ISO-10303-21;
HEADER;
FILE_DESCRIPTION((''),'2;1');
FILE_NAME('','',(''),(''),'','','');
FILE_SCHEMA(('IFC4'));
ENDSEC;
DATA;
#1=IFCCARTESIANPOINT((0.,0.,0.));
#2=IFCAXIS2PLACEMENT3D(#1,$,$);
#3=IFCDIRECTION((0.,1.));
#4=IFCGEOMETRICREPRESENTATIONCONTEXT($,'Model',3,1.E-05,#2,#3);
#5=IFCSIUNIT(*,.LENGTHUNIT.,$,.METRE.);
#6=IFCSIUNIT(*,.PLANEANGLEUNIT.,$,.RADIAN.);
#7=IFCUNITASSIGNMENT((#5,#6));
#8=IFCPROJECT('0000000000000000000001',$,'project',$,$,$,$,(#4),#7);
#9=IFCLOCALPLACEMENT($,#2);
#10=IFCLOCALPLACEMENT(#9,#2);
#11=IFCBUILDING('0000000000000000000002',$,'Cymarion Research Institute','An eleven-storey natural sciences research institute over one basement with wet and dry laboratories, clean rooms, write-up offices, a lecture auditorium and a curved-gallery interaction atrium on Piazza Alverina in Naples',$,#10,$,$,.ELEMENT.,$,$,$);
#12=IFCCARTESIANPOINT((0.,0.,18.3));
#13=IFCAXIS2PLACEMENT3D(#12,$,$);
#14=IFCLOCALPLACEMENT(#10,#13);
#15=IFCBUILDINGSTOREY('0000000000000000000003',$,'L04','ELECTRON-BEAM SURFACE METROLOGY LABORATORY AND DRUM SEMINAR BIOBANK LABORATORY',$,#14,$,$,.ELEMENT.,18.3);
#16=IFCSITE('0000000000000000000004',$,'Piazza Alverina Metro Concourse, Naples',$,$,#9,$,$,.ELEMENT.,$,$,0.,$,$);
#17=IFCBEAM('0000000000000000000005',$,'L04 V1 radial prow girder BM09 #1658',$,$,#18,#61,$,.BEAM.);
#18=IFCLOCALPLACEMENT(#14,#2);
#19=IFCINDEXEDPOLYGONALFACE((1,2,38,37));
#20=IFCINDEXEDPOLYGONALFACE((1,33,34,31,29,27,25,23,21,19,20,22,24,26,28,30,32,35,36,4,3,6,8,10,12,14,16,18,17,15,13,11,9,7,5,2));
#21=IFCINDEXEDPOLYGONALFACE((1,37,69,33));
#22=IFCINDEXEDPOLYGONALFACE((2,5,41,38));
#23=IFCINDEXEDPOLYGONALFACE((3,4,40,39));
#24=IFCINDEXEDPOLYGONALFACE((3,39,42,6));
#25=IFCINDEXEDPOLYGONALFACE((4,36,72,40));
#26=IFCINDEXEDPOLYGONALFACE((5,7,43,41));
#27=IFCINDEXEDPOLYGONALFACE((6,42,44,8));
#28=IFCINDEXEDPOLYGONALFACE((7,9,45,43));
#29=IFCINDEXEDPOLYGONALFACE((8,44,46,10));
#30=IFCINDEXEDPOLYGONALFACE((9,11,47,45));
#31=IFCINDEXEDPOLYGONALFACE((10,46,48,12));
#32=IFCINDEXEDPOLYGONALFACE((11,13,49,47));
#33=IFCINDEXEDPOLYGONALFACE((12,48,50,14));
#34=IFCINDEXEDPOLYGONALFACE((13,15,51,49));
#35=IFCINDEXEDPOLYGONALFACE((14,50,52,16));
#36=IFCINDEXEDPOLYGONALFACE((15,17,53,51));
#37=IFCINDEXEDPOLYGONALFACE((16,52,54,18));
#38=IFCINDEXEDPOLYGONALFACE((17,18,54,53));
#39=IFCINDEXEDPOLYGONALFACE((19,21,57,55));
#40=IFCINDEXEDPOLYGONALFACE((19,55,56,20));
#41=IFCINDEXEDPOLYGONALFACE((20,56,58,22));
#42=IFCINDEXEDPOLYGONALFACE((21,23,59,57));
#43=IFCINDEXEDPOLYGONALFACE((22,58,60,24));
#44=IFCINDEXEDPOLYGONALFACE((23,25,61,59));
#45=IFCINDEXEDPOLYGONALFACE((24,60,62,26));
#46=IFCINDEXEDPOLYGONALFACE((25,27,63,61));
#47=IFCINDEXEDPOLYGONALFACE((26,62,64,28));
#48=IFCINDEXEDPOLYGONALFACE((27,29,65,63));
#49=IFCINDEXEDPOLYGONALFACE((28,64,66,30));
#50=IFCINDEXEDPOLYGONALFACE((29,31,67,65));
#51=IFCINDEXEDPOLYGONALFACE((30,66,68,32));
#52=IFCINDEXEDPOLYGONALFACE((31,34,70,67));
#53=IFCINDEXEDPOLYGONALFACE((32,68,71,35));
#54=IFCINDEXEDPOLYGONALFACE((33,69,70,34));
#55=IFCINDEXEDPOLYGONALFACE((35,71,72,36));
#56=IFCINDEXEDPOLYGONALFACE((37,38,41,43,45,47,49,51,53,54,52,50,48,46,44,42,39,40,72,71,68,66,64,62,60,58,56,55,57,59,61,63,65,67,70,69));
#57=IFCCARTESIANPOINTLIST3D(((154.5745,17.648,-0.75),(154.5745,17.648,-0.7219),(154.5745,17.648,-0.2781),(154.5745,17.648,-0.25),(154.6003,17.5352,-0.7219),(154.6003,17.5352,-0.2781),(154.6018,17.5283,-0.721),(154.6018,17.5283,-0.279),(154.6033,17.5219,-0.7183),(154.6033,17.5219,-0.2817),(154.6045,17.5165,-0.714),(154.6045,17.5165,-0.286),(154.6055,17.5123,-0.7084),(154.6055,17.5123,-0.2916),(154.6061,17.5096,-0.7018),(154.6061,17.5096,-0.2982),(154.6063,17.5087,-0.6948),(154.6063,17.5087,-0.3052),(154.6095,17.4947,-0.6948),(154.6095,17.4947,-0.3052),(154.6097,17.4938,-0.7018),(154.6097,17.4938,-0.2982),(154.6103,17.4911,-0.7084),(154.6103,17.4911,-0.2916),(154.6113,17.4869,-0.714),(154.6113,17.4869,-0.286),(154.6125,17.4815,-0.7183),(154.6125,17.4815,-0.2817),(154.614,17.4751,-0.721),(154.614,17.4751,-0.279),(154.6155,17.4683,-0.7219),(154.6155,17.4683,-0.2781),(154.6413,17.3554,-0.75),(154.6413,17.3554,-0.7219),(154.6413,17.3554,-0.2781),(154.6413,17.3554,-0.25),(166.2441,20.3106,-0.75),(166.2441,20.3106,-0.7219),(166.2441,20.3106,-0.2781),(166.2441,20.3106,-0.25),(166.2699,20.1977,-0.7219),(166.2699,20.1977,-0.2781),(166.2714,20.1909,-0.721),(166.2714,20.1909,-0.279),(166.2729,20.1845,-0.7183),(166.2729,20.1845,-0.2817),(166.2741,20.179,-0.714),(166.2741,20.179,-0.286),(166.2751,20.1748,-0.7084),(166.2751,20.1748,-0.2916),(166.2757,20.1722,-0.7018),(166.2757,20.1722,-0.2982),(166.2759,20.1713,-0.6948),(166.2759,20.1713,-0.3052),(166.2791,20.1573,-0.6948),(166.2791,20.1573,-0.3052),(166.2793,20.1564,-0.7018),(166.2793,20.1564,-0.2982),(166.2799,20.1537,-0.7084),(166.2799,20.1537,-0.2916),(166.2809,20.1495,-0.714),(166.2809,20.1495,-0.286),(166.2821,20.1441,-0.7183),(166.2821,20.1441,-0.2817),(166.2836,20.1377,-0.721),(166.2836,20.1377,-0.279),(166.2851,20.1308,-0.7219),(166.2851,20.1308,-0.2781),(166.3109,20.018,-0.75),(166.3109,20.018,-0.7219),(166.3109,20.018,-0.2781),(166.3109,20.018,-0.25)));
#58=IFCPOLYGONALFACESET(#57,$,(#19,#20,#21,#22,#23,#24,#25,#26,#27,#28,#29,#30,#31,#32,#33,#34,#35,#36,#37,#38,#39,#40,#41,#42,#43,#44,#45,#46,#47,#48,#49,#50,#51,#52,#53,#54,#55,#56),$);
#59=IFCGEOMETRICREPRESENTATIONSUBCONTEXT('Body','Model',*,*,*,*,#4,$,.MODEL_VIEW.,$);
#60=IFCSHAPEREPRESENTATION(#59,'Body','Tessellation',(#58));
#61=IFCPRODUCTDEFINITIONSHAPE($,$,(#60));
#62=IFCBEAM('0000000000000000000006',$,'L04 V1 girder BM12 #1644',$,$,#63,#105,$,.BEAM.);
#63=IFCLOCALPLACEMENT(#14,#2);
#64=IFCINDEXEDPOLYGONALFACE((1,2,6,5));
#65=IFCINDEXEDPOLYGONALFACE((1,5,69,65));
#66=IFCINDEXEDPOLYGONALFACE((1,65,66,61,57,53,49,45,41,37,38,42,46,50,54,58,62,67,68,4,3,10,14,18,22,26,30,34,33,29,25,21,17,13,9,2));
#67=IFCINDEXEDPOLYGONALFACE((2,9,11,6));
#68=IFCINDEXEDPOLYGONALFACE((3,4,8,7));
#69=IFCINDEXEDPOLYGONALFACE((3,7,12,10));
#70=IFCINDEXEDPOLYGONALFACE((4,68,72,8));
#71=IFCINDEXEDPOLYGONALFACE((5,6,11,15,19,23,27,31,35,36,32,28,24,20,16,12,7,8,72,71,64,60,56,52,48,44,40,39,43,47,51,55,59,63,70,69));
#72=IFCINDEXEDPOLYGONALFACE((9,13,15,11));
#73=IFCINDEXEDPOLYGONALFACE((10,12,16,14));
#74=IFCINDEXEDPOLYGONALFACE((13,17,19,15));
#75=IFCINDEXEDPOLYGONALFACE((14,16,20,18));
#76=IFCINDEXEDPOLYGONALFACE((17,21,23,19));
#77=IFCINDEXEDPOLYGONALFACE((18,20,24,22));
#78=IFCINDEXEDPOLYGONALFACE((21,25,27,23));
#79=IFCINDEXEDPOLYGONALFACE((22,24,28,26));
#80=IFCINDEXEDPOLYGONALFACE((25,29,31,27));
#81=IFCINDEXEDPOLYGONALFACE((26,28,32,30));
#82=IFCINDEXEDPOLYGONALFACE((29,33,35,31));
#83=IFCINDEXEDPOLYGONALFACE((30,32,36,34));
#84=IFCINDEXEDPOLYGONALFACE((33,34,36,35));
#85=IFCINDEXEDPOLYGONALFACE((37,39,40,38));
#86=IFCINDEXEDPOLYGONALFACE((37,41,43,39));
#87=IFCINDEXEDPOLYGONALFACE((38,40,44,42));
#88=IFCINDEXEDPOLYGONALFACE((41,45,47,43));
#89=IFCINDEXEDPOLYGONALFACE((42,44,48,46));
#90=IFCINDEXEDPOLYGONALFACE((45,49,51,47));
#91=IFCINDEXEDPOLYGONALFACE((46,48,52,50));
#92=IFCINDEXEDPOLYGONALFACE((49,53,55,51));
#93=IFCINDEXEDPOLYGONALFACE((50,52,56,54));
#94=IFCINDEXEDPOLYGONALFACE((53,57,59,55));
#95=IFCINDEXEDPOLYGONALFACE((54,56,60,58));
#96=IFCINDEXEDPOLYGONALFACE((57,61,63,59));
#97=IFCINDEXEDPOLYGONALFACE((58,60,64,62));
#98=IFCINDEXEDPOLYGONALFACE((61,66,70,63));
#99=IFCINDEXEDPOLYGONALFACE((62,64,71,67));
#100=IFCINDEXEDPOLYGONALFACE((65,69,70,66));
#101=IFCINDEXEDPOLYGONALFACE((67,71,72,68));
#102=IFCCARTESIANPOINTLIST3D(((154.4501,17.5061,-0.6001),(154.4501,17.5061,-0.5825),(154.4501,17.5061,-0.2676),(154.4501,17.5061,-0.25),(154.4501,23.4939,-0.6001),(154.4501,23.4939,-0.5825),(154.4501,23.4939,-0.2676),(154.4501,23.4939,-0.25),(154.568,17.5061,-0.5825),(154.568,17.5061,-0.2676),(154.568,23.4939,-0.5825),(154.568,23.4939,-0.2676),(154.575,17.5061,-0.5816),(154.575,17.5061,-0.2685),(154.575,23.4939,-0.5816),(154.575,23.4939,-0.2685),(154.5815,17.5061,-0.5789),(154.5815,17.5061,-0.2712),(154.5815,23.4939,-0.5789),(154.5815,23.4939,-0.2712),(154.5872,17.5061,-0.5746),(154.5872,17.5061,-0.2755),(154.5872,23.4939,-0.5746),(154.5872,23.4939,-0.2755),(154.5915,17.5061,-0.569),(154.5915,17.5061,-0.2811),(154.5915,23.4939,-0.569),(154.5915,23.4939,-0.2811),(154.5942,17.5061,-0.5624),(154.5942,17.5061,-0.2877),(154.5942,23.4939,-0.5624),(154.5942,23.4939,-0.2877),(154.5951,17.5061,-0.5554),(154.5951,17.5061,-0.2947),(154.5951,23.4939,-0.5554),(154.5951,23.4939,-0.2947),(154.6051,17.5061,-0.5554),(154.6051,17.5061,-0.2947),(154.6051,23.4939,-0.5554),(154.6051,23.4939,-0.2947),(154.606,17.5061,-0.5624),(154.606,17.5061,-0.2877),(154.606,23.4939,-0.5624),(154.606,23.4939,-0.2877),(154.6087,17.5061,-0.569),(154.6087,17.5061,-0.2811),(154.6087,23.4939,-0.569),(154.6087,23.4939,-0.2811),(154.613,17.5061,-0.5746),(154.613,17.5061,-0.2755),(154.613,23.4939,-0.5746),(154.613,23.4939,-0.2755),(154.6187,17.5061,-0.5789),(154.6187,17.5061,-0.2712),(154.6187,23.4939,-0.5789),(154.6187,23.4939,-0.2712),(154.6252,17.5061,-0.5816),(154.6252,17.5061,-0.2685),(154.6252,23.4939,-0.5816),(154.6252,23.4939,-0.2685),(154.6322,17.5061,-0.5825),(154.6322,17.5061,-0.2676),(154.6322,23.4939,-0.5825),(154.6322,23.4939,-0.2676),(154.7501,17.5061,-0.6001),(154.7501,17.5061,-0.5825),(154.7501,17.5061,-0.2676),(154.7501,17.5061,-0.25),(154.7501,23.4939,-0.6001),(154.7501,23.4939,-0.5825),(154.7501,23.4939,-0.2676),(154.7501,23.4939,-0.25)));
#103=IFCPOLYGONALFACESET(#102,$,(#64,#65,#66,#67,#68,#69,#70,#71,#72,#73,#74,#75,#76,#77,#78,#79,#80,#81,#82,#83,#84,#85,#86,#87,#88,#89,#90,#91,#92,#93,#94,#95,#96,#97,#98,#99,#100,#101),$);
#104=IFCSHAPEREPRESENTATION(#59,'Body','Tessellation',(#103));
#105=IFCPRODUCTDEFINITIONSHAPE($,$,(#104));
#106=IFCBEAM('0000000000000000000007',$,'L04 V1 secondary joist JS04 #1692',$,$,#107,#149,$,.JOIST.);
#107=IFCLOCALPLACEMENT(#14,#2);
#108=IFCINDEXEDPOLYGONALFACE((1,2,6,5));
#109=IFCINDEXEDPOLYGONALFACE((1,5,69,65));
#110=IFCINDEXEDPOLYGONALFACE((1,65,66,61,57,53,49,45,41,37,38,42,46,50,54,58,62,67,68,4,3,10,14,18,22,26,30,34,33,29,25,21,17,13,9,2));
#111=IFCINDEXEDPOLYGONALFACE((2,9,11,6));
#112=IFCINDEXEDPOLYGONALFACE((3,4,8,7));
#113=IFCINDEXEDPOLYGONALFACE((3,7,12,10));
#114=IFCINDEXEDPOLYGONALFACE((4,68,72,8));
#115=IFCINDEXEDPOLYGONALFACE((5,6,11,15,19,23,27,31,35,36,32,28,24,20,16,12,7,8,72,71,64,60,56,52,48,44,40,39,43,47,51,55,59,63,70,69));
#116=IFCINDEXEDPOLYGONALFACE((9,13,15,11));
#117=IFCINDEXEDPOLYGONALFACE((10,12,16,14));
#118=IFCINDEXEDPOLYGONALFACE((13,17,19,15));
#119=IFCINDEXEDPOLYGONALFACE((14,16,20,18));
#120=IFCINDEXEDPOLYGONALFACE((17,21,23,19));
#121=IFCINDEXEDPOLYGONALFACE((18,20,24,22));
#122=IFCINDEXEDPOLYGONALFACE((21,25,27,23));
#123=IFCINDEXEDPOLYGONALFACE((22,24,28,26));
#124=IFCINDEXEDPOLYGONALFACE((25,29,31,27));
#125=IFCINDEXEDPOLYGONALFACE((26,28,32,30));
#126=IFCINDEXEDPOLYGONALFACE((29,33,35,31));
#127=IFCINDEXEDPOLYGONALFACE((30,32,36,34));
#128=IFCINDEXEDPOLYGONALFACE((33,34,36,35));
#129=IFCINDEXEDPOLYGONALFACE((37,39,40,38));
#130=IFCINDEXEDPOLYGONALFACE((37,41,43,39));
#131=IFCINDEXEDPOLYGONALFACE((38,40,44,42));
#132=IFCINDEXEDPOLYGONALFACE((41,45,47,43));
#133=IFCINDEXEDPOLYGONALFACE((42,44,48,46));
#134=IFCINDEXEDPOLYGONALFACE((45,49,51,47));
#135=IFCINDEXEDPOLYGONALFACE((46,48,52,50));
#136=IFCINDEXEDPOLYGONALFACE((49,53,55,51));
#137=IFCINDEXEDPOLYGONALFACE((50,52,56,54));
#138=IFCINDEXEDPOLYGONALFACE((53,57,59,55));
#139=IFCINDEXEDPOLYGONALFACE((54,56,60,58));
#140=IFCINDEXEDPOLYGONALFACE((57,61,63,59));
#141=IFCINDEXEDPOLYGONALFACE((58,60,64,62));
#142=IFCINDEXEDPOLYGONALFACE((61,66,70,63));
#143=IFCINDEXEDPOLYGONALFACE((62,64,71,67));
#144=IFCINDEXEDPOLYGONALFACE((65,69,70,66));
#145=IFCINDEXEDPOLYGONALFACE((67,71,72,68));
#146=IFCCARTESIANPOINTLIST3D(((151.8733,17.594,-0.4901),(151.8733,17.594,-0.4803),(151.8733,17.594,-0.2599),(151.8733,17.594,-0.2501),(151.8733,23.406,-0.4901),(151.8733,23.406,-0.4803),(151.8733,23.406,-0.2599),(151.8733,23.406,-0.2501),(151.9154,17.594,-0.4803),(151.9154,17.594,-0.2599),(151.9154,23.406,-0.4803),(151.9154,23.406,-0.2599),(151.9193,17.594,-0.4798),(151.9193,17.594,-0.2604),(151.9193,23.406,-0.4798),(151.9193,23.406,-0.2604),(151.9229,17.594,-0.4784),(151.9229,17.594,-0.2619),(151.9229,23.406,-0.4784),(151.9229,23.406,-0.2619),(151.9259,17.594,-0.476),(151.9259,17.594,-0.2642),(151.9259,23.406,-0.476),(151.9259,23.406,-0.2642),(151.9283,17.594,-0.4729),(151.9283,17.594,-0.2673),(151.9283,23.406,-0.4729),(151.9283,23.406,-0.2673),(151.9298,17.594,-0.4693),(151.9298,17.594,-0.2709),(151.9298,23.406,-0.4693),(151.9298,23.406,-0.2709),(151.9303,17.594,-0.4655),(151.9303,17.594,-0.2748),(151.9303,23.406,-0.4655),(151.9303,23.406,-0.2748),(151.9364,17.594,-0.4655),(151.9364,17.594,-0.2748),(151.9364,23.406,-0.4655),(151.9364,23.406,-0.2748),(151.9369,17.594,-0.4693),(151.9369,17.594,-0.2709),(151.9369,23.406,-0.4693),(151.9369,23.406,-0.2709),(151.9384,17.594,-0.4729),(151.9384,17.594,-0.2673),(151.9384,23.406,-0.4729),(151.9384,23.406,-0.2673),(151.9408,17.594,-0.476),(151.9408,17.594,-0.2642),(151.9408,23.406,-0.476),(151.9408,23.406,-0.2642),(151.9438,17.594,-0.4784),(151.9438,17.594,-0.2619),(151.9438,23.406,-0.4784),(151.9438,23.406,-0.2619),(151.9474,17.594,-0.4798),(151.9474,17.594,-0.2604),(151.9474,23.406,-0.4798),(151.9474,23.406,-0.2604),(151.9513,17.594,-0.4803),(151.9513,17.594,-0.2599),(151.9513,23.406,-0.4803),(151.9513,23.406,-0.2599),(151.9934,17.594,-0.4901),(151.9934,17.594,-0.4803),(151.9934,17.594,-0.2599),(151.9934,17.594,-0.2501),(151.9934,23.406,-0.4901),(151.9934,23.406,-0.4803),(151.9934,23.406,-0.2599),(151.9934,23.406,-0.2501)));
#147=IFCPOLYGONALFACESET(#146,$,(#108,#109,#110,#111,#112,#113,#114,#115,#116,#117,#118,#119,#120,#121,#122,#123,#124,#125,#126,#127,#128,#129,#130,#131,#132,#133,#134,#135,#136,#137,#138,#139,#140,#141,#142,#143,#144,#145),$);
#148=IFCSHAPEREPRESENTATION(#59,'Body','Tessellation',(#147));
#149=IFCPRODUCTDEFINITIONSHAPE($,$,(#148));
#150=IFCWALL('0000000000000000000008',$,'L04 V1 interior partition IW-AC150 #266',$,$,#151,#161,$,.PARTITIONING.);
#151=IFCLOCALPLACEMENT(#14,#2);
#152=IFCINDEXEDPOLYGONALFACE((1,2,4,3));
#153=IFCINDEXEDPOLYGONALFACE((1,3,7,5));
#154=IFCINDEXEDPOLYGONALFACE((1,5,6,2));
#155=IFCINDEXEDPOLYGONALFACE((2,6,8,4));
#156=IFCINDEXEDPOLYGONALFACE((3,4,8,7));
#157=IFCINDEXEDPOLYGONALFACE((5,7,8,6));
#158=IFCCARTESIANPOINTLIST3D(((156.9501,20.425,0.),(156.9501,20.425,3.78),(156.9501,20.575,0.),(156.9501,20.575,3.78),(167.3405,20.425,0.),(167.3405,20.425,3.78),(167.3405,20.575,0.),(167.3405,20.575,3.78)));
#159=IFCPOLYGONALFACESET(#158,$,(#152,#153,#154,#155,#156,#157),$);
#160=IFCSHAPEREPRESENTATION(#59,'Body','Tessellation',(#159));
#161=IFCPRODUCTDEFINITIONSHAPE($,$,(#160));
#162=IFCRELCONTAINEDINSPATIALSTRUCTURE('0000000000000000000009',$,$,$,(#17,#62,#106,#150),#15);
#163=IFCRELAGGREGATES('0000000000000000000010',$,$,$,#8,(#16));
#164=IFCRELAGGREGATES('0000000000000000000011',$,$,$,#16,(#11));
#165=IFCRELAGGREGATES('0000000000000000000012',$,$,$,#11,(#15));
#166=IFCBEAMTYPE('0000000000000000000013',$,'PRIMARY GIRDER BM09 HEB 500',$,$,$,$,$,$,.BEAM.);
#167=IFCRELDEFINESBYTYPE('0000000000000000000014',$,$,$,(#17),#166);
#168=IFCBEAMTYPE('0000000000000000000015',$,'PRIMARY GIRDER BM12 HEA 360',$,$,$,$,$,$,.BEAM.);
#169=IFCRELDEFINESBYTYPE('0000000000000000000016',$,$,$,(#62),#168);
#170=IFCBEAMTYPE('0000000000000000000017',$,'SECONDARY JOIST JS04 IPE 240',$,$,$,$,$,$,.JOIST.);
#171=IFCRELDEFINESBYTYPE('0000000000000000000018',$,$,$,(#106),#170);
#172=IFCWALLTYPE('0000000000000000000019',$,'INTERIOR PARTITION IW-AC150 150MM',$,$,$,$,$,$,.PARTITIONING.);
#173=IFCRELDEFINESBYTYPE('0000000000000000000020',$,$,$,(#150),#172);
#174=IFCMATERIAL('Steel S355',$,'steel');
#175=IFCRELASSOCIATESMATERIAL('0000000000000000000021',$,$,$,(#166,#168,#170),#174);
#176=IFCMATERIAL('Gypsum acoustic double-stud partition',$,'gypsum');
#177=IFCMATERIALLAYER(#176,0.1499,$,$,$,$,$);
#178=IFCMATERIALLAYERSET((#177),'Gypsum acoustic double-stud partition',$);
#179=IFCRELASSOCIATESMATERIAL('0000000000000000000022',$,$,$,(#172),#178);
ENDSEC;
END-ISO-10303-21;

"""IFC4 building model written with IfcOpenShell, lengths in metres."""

from ifc_helpers import new_model, si_unit, direction, frame, frame_2d, origin, origin_2d, place, context, subcontext, project, spatial, rectangle, i_section, extrude, material, layer, layer_set, material_profile, profile_set, type_object, element, save


model = new_model("IFC4")

# Units and contexts
model_context = context("Model", 3, precision=1e-05, world=origin(), true_north=direction((0.0, 1.0)))
body_context = subcontext(model_context, "Body", "Model", "MODEL_VIEW")
ifc_project = project(units=[si_unit("LENGTHUNIT", "METRE"), si_unit("PLANEANGLEUNIT", "RADIAN")], contexts=[model_context])

# Site, building, storey
site_placement = place(None, origin())
site = spatial("IfcSite", under=ifc_project, at=site_placement, Name="Piazza Alverina Metro Concourse, Naples", CompositionType="ELEMENT", RefElevation=0.0)
building_placement = place(site_placement, origin())
building = spatial("IfcBuilding", under=site, at=building_placement, Name="Cymarion Research Institute", Description="An eleven-storey natural sciences research institute over one basement with wet and dry laboratories, clean rooms, write-up offices, a lecture auditorium and a curved-gallery interaction atrium on Piazza Alverina in Naples", CompositionType="ELEMENT")
storey_placement = place(building_placement, frame((0.0, 0.0, 18.3)))
storey = spatial("IfcBuildingStorey", under=building, at=storey_placement, Name="L04", Description="ELECTRON-BEAM SURFACE METROLOGY LABORATORY AND DRUM SEMINAR BIOBANK LABORATORY", CompositionType="ELEMENT", Elevation=18.3)

# Shared definitions
ifc_material_1 = material(Name="Steel S355", Category="steel")

# Beams
ifc_material_profile_1 = material_profile(ifc_material_1, i_section(OverallWidth=0.3, OverallDepth=0.5, WebThickness=0.0144, FlangeThickness=0.0281, FilletRadius=0.0271, at=origin_2d()), Name="HEB 500")
ifc_profile_set_1 = profile_set([ifc_material_profile_1], Name="Steel S355")
beam_type_1 = type_object("IfcBeamType", Name="PRIMARY GIRDER BM09 HEB 500", PredefinedType="BEAM", material=ifc_profile_set_1)
beam_1_placement = place(storey_placement, frame((154.6079, 17.5017, -0.5), z_axis=(0.974945, 0.222447, 0.0), x_axis=(-0.222447, 0.974945, 0.0)))
element("IfcBeam", 1, at=beam_1_placement, inside=storey, type_object=beam_type_1, Name="L04 V1 radial prow girder BM09 #1658", PredefinedType="BEAM", context=body_context, shape_type="SweptSolid", body=[
    extrude(i_section(OverallWidth=0.3, OverallDepth=0.5, WebThickness=0.0144, FlangeThickness=0.0281, FilletRadius=0.0271, at=origin_2d()), origin(), (0.0, 0.0, 1.0), 11.9695),
])
ifc_material_profile_2 = material_profile(ifc_material_1, i_section(OverallWidth=0.3, OverallDepth=0.3501, WebThickness=0.01, FlangeThickness=0.0176, FilletRadius=0.0271, at=origin_2d()), Name="HEA 360")
ifc_profile_set_2 = profile_set([ifc_material_profile_2], Name="Steel S355")
beam_type_2 = type_object("IfcBeamType", Name="PRIMARY GIRDER BM12 HEA 360", PredefinedType="BEAM", material=ifc_profile_set_2)
beam_2_placement = place(storey_placement, frame((154.6001, 17.5061, -0.425), z_axis=(0.0, 1.0, 0.0), x_axis=(-1.0, 0.0, 0.0)))
element("IfcBeam", 2, at=beam_2_placement, inside=storey, type_object=beam_type_2, Name="L04 V1 girder BM12 #1644", PredefinedType="BEAM", context=body_context, shape_type="SweptSolid", body=[
    extrude(i_section(OverallWidth=0.3, OverallDepth=0.3501, WebThickness=0.01, FlangeThickness=0.0176, FilletRadius=0.0271, at=origin_2d()), origin(), (0.0, 0.0, 1.0), 5.9878),
])
ifc_material_profile_3 = material_profile(ifc_material_1, i_section(OverallWidth=0.1201, OverallDepth=0.24, WebThickness=0.0061, FlangeThickness=0.0098, FilletRadius=0.0149, at=origin_2d()), Name="IPE 240")
ifc_profile_set_3 = profile_set([ifc_material_profile_3], Name="Steel S355")
beam_type_3 = type_object("IfcBeamType", Name="SECONDARY JOIST JS04 IPE 240", PredefinedType="JOIST", material=ifc_profile_set_3)
beam_3_placement = place(storey_placement, frame((151.9333, 17.594, -0.3701), z_axis=(0.0, 1.0, 0.0), x_axis=(-1.0, 0.0, 0.0)))
element("IfcBeam", 3, at=beam_3_placement, inside=storey, type_object=beam_type_3, Name="L04 V1 secondary joist JS04 #1692", PredefinedType="JOIST", context=body_context, shape_type="SweptSolid", body=[
    extrude(i_section(OverallWidth=0.1201, OverallDepth=0.24, WebThickness=0.0061, FlangeThickness=0.0098, FilletRadius=0.0149, at=origin_2d()), origin(), (0.0, 0.0, 1.0), 5.812),
])

# Wall
ifc_material_2 = material(Name="Gypsum acoustic double-stud partition", Category="gypsum")
ifc_layer_1 = layer(ifc_material_2, 0.1499)
ifc_layer_set_1 = layer_set([ifc_layer_1], Name="Gypsum acoustic double-stud partition")
wall_type_1 = type_object("IfcWallType", Name="INTERIOR PARTITION IW-AC150 150MM", PredefinedType="PARTITIONING", material=ifc_layer_set_1)
wall_1_placement = place(storey_placement, frame((156.95, 20.5, 0.0), z_axis=(0.0, 0.0, 1.0), x_axis=(1.0, 0.0, 0.0)))
element("IfcWall", 4, at=wall_1_placement, inside=storey, type_object=wall_type_1, Name="L04 V1 interior partition IW-AC150 #266", PredefinedType="PARTITIONING", context=body_context, shape_type="SweptSolid", body=[
    extrude(rectangle(XDim=10.3904, YDim=0.1499, at=frame_2d((5.1953, 0.0))), origin(), (0.0, 0.0, 1.0), 3.78),
])

save(model, "model.ifc")
